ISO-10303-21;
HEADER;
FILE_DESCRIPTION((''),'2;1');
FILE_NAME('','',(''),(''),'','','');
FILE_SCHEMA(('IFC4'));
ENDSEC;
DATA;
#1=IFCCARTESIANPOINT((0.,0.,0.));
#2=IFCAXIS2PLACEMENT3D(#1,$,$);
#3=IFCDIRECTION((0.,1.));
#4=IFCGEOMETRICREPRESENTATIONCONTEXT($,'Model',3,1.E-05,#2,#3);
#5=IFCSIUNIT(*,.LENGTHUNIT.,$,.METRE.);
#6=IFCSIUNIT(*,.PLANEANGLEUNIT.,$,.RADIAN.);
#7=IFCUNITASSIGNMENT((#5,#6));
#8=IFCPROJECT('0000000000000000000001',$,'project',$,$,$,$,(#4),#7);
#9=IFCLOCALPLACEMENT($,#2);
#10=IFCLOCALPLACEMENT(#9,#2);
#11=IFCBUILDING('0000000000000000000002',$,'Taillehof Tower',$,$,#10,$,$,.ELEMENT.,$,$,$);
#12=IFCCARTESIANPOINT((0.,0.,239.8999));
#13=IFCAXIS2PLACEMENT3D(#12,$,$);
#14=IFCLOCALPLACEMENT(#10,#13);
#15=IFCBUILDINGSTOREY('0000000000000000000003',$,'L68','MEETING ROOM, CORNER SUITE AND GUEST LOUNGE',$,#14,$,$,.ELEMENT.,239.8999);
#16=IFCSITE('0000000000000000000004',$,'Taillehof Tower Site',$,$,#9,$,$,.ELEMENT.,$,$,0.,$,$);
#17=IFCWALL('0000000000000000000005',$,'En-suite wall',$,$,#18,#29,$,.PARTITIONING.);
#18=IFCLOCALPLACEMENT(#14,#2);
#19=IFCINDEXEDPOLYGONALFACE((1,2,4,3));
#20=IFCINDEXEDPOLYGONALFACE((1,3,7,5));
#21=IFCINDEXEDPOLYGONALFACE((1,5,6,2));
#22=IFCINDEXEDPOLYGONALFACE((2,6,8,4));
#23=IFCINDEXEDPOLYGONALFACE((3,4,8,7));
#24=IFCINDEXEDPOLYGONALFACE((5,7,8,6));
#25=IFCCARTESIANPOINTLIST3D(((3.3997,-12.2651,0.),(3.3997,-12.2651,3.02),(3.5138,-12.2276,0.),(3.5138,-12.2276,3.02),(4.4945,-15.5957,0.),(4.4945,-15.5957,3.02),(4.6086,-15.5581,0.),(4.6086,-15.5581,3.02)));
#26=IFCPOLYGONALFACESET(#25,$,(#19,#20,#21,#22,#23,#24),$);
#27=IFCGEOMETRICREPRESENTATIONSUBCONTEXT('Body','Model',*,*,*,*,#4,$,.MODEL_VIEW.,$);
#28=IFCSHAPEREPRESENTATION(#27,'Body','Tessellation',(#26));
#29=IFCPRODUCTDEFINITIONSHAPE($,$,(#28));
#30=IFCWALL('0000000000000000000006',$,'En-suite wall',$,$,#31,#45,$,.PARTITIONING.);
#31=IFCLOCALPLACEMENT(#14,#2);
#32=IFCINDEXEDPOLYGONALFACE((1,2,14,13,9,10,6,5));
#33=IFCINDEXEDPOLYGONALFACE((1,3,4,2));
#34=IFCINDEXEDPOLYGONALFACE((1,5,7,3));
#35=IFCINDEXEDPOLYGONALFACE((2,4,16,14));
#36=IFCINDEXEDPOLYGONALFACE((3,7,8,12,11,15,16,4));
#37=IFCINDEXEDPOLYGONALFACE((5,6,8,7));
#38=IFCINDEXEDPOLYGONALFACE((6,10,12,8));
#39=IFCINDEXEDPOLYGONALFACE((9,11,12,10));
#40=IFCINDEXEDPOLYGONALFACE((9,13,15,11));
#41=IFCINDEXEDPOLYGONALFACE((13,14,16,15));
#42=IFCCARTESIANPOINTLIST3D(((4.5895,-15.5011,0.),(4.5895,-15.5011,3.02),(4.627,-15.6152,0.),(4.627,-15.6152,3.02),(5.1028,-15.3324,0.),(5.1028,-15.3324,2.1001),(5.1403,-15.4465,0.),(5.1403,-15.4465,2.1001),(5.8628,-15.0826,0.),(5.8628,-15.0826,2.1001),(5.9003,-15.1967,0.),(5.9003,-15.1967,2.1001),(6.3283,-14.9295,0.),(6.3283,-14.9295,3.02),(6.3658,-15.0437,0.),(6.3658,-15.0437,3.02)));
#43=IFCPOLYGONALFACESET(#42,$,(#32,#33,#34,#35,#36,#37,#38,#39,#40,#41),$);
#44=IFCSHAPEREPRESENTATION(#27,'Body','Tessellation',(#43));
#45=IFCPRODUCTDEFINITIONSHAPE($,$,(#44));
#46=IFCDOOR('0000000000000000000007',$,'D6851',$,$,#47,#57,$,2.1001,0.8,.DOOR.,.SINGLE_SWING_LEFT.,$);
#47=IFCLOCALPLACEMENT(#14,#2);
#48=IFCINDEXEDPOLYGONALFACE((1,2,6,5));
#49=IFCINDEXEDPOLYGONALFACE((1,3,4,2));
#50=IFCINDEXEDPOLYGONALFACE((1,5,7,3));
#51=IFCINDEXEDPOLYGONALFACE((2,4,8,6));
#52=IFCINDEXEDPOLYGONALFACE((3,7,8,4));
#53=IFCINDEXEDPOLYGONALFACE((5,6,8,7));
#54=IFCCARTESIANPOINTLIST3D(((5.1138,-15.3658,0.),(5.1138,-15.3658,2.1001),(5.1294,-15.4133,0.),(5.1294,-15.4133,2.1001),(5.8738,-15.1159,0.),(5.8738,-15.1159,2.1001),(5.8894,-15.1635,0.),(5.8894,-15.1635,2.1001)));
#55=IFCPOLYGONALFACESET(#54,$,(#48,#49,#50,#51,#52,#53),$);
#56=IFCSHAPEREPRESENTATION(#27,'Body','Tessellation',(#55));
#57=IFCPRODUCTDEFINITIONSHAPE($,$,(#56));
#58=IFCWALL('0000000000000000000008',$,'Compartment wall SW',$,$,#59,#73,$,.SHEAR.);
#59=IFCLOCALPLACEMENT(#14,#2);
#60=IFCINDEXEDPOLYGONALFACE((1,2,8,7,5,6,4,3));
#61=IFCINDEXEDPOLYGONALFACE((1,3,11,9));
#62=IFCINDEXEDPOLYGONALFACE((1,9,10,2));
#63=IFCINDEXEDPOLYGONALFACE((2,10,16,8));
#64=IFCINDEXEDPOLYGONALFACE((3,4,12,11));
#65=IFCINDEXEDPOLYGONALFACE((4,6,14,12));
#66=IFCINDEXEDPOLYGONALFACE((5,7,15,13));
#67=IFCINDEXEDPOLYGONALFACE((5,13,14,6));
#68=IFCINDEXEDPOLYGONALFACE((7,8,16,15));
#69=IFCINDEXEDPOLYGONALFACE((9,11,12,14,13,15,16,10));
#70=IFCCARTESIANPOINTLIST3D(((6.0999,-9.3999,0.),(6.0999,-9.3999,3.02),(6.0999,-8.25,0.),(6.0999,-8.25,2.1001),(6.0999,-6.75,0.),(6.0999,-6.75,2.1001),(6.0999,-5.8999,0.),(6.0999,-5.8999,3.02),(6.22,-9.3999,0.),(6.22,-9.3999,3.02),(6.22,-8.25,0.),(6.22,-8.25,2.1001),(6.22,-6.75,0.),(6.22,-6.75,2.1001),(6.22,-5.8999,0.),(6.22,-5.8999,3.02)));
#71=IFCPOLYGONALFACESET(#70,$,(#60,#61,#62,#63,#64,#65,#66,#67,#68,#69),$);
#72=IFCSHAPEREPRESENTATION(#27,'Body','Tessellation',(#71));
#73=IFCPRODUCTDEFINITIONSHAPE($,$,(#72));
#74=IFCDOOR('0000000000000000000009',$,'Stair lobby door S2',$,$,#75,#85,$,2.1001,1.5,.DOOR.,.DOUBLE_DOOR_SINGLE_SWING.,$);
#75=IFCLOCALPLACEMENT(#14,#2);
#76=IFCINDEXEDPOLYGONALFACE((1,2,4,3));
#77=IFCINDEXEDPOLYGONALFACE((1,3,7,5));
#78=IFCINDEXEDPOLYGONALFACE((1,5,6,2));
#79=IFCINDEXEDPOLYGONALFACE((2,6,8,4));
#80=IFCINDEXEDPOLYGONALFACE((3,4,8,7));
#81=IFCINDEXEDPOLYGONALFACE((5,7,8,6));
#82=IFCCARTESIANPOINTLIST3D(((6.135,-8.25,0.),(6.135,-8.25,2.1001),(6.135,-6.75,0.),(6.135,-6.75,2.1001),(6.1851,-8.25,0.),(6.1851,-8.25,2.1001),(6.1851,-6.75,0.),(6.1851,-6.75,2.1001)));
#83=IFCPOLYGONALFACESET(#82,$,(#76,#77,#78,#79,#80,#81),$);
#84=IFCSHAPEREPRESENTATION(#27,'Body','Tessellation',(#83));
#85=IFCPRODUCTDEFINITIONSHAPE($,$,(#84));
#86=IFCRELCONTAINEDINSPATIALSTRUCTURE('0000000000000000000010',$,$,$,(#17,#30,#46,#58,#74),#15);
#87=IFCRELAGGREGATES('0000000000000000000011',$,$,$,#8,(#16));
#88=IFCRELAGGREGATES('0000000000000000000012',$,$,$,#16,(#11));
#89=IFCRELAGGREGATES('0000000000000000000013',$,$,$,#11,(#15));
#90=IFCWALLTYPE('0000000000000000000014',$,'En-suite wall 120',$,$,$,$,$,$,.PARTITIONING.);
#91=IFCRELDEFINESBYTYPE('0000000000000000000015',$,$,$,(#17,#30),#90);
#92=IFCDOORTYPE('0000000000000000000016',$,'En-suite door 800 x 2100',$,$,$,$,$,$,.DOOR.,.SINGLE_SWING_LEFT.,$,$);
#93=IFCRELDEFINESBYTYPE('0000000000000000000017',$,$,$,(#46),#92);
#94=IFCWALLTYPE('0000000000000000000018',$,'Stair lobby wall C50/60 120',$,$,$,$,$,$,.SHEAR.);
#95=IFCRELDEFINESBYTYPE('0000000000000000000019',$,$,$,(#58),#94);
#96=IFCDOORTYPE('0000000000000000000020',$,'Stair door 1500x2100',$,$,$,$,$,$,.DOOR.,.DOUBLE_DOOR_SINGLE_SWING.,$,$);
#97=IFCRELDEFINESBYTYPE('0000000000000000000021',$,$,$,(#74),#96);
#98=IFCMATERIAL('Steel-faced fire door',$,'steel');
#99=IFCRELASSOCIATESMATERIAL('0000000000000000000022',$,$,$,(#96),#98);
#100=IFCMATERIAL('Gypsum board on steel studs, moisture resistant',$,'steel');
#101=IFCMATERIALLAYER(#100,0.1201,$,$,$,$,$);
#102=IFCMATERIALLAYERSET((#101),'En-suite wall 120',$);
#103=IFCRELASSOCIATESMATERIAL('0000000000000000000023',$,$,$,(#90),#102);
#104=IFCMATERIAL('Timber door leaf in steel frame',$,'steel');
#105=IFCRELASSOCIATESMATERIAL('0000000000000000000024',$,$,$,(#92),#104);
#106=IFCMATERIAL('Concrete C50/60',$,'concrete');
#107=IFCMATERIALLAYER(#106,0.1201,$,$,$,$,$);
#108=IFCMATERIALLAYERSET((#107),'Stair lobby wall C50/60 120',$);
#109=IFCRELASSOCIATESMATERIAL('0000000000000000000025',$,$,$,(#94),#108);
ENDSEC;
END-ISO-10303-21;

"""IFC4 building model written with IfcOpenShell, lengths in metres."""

from ifc_helpers import new_model, si_unit, direction, frame, frame_2d, origin, place, context, subcontext, project, spatial, rectangle, extrude, material, layer, layer_set, type_object, element, fill, save


model = new_model("IFC4")

# Units and contexts
model_context = context("Model", 3, precision=1e-05, world=origin(), true_north=direction((0.0, 1.0)))
body_context = subcontext(model_context, "Body", "Model", "MODEL_VIEW")
ifc_project = project(units=[si_unit("LENGTHUNIT", "METRE"), si_unit("PLANEANGLEUNIT", "RADIAN")], contexts=[model_context])

# Site, building, storey
site_placement = place(None, origin())
site = spatial("IfcSite", under=ifc_project, at=site_placement, Name="Taillehof Tower Site", CompositionType="ELEMENT", RefElevation=0.0)
building_placement = place(site_placement, origin())
building = spatial("IfcBuilding", under=site, at=building_placement, Name="Taillehof Tower", CompositionType="ELEMENT")
storey_placement = place(building_placement, frame((0.0, 0.0, 239.8999)))
storey = spatial("IfcBuildingStorey", under=building, at=storey_placement, Name="L68", Description="MEETING ROOM, CORNER SUITE AND GUEST LOUNGE", CompositionType="ELEMENT", Elevation=239.8999)

# Shared definitions
ifc_material_1 = material(Name="Steel-faced fire door", Category="steel")
door_type_1 = type_object("IfcDoorType", Name="Stair door 1500x2100", OperationType="DOUBLE_DOOR_SINGLE_SWING", PredefinedType="DOOR", material=ifc_material_1)

# Wall
ifc_material_2 = material(Name="Gypsum board on steel studs, moisture resistant", Category="steel")
ifc_layer_1 = layer(ifc_material_2, 0.1201)
ifc_layer_set_1 = layer_set([ifc_layer_1], Name="En-suite wall 120")
wall_type_1 = type_object("IfcWallType", Name="En-suite wall 120", PredefinedType="PARTITIONING", material=ifc_layer_set_1)
wall_1_placement = place(storey_placement, frame((3.4568, -12.2463, 0.0), z_axis=(0.0, 0.0, 1.0), x_axis=(0.312256, -0.949998, 0.0)))
element("IfcWall", 1, at=wall_1_placement, inside=storey, type_object=wall_type_1, Name="En-suite wall", PredefinedType="PARTITIONING", context=body_context, shape_type="SweptSolid", body=[
    extrude(rectangle(XDim=3.5059, YDim=0.1201, at=frame_2d((1.7529, 0.0))), origin(), (0.0, 0.0, 1.0), 3.02),
])

# Walls, openings, doors
wall_2_placement = place(storey_placement, frame((4.6084, -15.5581, 0.0), z_axis=(0.0, 0.0, 1.0), x_axis=(0.949996, 0.312263, 0.0)))
wall_2 = element("IfcWall", 2, at=wall_2_placement, inside=storey, type_object=wall_type_1, Name="En-suite wall", PredefinedType="PARTITIONING", context=body_context, shape_type="SweptSolid", body=[
    extrude(rectangle(XDim=1.8303, YDim=0.1201, at=frame_2d((0.915, 0.0))), origin(), (0.0, 0.0, 1.0), 3.02),
])
opening_1_placement = place(wall_2_placement, frame((0.5403, 0.0, 0.0)))
opening_1 = element("IfcOpeningElement", 3, at=opening_1_placement, cuts=wall_2, PredefinedType="OPENING", context=body_context, shape_type="SweptSolid", body=[
    extrude(rectangle(XDim=0.8, YDim=2.1001, at=frame_2d((0.3999, 1.05))), frame((0.0, 0.0701, 0.0), z_axis=(0.0, -1.0, 0.0), x_axis=(1.0, 0.0, 0.0)), (0.0, 0.0, 1.0), 0.1401),
])
ifc_material_3 = material(Name="Timber door leaf in steel frame", Category="steel")
door_type_2 = type_object("IfcDoorType", Name="En-suite door 800 x 2100", OperationType="SINGLE_SWING_LEFT", PredefinedType="DOOR", material=ifc_material_3)
door_1_placement = place(opening_1_placement, origin())
door_1 = element("IfcDoor", 4, at=door_1_placement, inside=storey, type_object=door_type_2, Name="D6851", OperationType="SINGLE_SWING_LEFT", OverallHeight=2.1001, OverallWidth=0.8, PredefinedType="DOOR", context=body_context, shape_type="SweptSolid", body=[
    extrude(rectangle(XDim=0.8, YDim=2.1001, at=frame_2d((0.3999, 1.05))), frame((0.0, 0.0249, 0.0), z_axis=(0.0, -1.0, 0.0), x_axis=(1.0, 0.0, 0.0)), (0.0, 0.0, 1.0), 0.05),
])
fill(opening_1, door_1)
ifc_material_4 = material(Name="Concrete C50/60", Category="concrete")
ifc_layer_2 = layer(ifc_material_4, 0.1201)
ifc_layer_set_2 = layer_set([ifc_layer_2], Name="Stair lobby wall C50/60 120")
wall_type_2 = type_object("IfcWallType", Name="Stair lobby wall C50/60 120", PredefinedType="SHEAR", material=ifc_layer_set_2)
wall_3_placement = place(storey_placement, frame((6.1599, -9.3999, 0.0), z_axis=(0.0, 0.0, 1.0), x_axis=(0.0, 1.0, 0.0)))
wall_3 = element("IfcWall", 5, at=wall_3_placement, inside=storey, type_object=wall_type_2, Name="Compartment wall SW", PredefinedType="SHEAR", context=body_context, shape_type="SweptSolid", body=[
    extrude(rectangle(XDim=3.5, YDim=0.1201, at=frame_2d((1.75, 0.0))), origin(), (0.0, 0.0, 1.0), 3.02),
])
opening_2_placement = place(wall_3_placement, frame((1.1499, 0.0, 0.0)))
opening_2 = element("IfcOpeningElement", 6, at=opening_2_placement, cuts=wall_3, PredefinedType="OPENING", context=body_context, shape_type="SweptSolid", body=[
    extrude(rectangle(XDim=1.5, YDim=2.1001, at=frame_2d((0.75, 1.05))), frame((0.0, 0.0701, 0.0), z_axis=(0.0, -1.0, 0.0), x_axis=(1.0, 0.0, 0.0)), (0.0, 0.0, 1.0), 0.1401),
])
door_2_placement = place(opening_2_placement, origin())
door_2 = element("IfcDoor", 7, at=door_2_placement, inside=storey, type_object=door_type_1, Name="Stair lobby door S2", OperationType="DOUBLE_DOOR_SINGLE_SWING", OverallHeight=2.1001, OverallWidth=1.5, PredefinedType="DOOR", context=body_context, shape_type="SweptSolid", body=[
    extrude(rectangle(XDim=1.5, YDim=2.1001, at=frame_2d((0.75, 1.05))), frame((0.0, 0.0249, 0.0), z_axis=(0.0, -1.0, 0.0), x_axis=(1.0, 0.0, 0.0)), (0.0, 0.0, 1.0), 0.05),
])
fill(opening_2, door_2)

save(model, "model.ifc")
